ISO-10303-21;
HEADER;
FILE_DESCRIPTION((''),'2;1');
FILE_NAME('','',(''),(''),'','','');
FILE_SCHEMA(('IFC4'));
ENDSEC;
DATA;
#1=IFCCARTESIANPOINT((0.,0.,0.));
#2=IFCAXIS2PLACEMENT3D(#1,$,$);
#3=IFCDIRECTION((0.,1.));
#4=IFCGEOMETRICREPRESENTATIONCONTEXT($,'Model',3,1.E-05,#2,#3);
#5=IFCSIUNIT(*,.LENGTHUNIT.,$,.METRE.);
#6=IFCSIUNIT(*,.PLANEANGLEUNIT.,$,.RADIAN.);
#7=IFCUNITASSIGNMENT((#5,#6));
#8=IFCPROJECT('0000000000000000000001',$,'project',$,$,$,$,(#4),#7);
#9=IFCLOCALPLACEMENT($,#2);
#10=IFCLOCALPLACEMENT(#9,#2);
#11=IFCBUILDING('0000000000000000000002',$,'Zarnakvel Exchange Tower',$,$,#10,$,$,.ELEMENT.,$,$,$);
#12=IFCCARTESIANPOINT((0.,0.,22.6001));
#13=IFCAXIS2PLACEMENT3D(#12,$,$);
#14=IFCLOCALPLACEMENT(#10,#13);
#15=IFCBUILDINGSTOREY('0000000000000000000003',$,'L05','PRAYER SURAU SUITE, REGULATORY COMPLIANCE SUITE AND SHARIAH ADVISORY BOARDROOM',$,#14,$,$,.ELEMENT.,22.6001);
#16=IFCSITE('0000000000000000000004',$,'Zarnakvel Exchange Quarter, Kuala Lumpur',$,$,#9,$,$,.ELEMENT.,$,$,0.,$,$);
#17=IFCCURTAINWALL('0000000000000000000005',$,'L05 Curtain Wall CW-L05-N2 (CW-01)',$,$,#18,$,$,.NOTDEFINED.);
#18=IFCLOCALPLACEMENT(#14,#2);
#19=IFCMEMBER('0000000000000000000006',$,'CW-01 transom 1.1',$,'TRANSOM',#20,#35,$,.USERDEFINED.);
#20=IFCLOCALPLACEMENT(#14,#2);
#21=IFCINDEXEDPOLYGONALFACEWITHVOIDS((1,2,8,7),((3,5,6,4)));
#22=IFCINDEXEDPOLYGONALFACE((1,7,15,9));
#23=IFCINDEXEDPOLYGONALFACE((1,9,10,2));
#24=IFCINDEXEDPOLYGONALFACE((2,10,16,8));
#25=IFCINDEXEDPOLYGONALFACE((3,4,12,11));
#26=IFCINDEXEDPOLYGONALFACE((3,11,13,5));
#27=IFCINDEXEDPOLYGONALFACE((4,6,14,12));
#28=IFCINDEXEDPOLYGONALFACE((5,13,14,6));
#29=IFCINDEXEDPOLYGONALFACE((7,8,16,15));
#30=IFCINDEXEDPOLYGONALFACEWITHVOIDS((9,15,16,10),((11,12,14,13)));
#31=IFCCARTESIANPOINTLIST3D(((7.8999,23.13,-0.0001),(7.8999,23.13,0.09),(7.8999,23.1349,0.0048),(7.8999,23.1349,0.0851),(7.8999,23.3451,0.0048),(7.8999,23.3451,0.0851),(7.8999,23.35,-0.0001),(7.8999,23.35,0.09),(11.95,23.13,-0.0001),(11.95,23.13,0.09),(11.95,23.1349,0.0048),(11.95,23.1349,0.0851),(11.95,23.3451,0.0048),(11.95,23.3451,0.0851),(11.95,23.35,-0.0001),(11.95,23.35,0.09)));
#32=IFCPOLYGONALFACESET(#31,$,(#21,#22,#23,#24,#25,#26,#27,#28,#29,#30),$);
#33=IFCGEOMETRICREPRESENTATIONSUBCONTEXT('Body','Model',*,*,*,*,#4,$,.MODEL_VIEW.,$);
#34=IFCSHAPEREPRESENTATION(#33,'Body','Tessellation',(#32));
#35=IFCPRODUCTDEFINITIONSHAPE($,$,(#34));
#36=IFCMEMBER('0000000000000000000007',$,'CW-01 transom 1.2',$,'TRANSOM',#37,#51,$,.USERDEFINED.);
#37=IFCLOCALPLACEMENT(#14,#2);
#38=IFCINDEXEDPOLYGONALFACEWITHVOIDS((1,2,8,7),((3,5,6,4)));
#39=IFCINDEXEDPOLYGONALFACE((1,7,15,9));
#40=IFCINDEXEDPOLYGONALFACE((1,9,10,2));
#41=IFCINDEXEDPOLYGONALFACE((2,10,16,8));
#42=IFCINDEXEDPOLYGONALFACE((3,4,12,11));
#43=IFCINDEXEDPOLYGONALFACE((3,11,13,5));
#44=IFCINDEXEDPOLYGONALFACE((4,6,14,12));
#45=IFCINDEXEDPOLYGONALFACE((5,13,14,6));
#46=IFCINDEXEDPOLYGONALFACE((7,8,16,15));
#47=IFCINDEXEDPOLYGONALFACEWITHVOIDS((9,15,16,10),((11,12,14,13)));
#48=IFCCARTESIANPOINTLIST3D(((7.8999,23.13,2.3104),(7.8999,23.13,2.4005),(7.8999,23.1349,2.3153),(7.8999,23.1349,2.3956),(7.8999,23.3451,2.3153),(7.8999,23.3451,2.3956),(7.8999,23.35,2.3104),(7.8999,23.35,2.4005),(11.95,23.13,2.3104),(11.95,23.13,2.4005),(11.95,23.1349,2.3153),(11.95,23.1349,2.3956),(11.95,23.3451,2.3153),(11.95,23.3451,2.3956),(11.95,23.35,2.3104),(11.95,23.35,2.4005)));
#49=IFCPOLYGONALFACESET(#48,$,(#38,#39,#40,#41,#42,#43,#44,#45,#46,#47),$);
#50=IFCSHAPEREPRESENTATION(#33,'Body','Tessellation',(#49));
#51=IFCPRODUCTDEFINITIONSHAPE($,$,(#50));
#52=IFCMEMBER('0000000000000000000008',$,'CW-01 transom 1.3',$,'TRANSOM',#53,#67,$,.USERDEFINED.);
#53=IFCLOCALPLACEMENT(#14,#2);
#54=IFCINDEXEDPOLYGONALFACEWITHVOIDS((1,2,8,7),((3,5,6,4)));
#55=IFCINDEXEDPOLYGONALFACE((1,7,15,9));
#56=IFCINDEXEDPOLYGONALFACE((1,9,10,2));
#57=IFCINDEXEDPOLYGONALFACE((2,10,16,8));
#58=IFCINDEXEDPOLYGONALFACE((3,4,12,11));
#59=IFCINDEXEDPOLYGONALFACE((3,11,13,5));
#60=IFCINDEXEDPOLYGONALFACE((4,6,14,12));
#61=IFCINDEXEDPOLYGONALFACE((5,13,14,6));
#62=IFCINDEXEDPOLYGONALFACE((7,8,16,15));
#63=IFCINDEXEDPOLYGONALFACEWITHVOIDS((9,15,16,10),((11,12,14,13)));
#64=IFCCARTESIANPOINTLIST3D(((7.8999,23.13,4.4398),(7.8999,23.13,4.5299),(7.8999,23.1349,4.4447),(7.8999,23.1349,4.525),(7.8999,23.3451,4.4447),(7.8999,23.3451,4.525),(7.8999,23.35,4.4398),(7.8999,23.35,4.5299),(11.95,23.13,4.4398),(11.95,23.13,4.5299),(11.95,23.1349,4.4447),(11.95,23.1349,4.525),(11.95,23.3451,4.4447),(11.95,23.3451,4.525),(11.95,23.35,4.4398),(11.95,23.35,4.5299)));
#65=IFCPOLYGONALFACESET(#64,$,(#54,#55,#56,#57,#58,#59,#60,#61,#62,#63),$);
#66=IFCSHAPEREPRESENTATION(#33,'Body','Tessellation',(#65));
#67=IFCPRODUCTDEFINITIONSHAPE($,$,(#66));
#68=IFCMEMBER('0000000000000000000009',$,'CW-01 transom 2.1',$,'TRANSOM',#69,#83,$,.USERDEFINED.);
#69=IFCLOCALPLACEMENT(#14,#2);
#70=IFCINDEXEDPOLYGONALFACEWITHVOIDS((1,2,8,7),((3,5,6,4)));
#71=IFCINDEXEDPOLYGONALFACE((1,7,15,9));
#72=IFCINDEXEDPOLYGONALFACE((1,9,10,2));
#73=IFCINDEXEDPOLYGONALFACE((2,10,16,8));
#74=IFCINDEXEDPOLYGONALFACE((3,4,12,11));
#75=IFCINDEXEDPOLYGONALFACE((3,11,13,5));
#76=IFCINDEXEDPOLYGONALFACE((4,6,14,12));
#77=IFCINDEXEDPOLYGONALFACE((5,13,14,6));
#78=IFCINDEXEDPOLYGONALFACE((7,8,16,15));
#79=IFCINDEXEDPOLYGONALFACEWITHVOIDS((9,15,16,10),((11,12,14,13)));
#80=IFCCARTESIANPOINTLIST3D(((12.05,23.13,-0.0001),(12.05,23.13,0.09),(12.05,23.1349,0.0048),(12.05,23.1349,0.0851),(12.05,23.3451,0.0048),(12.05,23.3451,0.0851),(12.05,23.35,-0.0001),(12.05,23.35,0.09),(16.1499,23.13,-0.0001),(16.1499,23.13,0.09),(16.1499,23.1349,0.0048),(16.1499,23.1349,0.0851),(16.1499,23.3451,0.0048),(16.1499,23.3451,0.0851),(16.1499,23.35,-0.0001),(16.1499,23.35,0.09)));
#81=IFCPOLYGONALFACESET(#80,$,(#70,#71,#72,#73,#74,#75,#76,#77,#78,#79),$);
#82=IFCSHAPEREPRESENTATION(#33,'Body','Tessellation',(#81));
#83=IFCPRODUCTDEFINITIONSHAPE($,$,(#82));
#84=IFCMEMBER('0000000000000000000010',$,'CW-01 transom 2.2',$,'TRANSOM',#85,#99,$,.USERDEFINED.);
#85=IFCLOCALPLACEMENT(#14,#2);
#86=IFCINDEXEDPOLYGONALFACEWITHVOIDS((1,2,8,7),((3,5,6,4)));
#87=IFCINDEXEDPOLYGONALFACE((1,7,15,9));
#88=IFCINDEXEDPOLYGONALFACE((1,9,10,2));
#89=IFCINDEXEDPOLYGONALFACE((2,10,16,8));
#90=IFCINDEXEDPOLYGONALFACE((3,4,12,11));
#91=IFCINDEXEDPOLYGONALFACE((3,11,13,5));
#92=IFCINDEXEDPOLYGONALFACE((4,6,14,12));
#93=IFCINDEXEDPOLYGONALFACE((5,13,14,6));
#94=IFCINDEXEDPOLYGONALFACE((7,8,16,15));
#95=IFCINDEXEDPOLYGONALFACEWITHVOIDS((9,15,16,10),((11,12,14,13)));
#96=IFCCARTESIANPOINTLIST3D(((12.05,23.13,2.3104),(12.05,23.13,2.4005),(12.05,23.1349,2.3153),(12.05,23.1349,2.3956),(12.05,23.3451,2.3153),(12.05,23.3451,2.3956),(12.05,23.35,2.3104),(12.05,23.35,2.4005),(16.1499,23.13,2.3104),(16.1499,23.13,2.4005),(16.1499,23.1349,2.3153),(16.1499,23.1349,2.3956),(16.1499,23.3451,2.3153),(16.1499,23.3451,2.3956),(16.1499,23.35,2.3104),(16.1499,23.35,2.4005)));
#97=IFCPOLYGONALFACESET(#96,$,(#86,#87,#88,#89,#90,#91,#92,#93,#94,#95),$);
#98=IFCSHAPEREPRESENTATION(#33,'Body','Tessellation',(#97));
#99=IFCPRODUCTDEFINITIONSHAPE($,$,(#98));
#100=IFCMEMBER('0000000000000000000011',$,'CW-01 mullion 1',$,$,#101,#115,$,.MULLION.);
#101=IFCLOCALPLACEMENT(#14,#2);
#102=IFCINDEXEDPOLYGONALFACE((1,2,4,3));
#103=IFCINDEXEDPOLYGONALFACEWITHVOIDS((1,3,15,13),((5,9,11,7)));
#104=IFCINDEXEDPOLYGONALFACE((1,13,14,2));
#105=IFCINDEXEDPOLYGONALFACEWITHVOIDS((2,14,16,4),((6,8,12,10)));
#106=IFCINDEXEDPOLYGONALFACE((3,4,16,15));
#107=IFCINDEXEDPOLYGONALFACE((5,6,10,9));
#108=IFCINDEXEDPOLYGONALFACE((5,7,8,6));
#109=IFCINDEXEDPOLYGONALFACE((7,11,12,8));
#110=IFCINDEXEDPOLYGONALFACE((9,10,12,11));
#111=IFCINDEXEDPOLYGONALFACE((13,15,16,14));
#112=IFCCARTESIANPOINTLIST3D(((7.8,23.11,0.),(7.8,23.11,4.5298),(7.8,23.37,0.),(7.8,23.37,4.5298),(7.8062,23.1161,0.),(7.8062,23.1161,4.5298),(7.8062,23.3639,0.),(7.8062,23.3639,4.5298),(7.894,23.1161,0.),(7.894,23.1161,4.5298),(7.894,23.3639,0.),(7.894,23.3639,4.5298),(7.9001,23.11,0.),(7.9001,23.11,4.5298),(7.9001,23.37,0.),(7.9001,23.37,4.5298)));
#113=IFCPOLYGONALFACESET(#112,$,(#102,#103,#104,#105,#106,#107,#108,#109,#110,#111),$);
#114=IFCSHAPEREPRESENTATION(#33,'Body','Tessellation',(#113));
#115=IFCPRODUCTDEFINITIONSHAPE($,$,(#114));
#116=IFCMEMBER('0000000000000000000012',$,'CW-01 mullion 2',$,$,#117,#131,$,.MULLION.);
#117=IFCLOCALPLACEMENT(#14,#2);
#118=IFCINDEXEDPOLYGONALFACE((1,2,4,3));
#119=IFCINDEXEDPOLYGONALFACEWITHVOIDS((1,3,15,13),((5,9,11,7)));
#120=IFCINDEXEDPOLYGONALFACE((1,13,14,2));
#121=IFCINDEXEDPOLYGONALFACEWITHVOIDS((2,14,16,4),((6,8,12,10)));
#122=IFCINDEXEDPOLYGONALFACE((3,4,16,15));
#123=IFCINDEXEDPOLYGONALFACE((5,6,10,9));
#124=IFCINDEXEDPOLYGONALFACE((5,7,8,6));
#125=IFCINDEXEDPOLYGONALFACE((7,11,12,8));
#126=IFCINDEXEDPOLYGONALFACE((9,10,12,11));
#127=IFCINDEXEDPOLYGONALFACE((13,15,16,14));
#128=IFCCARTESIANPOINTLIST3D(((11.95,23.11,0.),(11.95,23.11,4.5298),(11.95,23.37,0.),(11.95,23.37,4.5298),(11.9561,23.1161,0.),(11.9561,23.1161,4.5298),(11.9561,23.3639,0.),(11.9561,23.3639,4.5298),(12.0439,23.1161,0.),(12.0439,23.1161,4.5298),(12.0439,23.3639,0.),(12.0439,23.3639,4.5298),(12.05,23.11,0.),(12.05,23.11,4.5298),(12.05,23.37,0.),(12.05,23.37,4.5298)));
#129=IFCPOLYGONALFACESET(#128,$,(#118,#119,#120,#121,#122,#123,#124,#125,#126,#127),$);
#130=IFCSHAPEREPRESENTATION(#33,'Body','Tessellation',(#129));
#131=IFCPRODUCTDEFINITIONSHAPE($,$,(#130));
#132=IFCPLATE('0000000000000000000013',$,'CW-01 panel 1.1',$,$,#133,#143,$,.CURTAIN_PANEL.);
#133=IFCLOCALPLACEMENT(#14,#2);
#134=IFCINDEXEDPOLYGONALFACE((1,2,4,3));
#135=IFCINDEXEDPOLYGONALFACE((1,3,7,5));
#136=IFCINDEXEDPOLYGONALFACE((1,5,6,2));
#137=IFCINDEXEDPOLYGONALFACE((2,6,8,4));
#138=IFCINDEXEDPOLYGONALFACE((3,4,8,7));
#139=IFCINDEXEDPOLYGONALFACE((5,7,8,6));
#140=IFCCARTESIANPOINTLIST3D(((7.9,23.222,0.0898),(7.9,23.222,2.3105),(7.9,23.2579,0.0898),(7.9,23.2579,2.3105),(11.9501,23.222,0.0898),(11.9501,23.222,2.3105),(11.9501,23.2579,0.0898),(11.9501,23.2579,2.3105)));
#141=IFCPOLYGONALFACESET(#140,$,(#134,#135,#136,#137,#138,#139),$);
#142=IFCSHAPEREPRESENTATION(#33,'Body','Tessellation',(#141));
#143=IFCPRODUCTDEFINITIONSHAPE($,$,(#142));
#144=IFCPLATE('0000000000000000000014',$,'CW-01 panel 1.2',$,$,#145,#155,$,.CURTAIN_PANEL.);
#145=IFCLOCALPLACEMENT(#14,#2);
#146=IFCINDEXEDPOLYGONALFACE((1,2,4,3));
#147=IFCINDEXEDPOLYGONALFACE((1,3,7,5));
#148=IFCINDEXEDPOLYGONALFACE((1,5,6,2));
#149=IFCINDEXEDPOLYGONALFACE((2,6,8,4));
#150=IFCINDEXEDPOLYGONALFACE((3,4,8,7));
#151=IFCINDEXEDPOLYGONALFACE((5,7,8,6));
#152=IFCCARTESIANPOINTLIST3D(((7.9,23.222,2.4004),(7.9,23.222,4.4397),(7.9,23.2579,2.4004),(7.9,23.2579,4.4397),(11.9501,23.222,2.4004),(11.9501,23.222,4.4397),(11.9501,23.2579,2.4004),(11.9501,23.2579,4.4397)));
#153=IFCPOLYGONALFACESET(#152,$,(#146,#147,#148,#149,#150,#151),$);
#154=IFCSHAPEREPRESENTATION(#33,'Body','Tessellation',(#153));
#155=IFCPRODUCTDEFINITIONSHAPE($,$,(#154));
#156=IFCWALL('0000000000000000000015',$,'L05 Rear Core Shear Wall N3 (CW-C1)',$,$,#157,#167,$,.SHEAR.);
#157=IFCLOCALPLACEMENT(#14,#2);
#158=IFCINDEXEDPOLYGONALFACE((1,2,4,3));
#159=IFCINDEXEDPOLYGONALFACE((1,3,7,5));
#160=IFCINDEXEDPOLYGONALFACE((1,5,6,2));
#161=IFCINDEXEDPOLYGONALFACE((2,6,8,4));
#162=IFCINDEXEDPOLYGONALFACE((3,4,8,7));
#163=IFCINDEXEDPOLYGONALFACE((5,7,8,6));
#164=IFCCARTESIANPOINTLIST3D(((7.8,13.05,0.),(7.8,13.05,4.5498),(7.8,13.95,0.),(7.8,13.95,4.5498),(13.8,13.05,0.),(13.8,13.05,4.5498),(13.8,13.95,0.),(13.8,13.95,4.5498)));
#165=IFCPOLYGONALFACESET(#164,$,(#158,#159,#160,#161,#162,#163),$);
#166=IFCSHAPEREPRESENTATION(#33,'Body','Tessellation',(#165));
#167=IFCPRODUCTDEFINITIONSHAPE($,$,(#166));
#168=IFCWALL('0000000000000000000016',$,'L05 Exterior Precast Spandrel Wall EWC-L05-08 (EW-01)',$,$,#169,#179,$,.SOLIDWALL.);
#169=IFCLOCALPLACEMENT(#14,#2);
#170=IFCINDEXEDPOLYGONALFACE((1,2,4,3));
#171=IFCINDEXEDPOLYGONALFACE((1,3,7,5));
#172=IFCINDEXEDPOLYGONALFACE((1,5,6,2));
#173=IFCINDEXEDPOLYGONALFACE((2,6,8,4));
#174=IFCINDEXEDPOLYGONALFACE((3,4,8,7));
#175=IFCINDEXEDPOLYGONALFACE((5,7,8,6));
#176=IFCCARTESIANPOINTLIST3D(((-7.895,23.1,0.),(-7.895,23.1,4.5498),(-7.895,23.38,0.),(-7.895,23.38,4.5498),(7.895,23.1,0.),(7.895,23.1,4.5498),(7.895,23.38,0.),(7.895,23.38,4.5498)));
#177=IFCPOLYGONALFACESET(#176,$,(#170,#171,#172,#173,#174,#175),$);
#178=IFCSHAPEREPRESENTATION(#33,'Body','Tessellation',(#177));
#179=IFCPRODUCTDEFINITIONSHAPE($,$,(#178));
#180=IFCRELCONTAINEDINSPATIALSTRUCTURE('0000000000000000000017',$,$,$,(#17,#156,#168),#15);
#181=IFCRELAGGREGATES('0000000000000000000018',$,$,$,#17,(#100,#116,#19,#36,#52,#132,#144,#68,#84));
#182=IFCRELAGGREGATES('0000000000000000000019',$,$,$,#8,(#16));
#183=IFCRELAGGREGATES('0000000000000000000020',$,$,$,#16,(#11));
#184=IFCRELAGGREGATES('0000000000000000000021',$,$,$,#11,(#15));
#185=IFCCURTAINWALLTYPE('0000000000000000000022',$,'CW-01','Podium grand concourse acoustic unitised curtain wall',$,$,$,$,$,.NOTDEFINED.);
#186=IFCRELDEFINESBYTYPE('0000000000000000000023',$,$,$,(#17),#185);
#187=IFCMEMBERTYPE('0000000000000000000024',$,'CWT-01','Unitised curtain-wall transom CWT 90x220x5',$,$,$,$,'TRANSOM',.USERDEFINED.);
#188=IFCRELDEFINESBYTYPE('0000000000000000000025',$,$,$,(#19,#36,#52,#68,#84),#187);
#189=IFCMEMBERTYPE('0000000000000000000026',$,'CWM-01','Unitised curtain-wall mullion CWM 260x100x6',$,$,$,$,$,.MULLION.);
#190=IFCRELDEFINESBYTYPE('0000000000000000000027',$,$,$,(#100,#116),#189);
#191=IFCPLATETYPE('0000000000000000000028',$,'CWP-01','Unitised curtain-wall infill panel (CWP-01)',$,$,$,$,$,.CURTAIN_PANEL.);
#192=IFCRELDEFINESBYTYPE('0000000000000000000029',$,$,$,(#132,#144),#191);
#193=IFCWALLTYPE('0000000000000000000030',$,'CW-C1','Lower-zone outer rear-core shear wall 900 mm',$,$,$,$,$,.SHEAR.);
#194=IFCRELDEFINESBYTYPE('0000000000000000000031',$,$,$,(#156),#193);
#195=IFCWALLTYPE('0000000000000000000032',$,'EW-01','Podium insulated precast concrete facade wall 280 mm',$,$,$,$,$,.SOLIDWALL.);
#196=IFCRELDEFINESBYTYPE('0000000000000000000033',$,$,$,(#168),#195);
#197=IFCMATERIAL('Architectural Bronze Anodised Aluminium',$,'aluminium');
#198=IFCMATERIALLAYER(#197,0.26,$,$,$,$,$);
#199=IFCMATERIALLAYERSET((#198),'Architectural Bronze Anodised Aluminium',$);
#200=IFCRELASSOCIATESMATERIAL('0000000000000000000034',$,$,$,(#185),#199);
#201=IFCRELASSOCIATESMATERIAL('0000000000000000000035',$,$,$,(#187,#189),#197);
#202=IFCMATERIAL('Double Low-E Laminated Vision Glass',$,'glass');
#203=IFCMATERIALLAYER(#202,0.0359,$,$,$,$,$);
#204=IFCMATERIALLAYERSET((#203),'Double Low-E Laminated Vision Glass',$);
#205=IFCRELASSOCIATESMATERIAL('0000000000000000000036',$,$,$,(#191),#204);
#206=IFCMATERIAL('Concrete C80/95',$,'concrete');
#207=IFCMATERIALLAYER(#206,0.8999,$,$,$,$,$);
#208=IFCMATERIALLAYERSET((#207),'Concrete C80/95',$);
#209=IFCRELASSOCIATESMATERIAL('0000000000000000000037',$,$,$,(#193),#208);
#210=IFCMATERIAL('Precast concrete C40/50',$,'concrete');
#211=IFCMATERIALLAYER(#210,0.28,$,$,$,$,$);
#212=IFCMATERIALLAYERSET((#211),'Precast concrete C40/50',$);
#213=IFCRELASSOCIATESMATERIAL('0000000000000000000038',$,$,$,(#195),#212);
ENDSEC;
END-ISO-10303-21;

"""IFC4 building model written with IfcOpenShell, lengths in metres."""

from ifc_helpers import new_model, si_unit, direction, frame, frame_2d, origin, origin_2d, place, context, subcontext, project, spatial, rectangle, hollow_rectangle, extrude, source, transform, mapped, material, layer, layer_set, material_profile, profile_set, type_object, element, aggregate, save


model = new_model("IFC4")

# Units and contexts
model_context = context("Model", 3, precision=1e-05, world=origin(), true_north=direction((0.0, 1.0)))
body_context = subcontext(model_context, "Body", "Model", "MODEL_VIEW")
ifc_project = project(units=[si_unit("LENGTHUNIT", "METRE"), si_unit("PLANEANGLEUNIT", "RADIAN")], contexts=[model_context])

# Site, building, storey
site_placement = place(None, origin())
site = spatial("IfcSite", under=ifc_project, at=site_placement, Name="Zarnakvel Exchange Quarter, Kuala Lumpur", CompositionType="ELEMENT", RefElevation=0.0)
building_placement = place(site_placement, origin())
building = spatial("IfcBuilding", under=site, at=building_placement, Name="Zarnakvel Exchange Tower", CompositionType="ELEMENT")
storey_placement = place(building_placement, frame((0.0, 0.0, 22.6001)))
storey = spatial("IfcBuildingStorey", under=building, at=storey_placement, Name="L05", Description="PRAYER SURAU SUITE, REGULATORY COMPLIANCE SUITE AND SHARIAH ADVISORY BOARDROOM", CompositionType="ELEMENT", Elevation=22.6001)

# Shared definitions
ifc_material_1 = material(Name="Concrete C80/95", Category="concrete")

# Curtain wall, members, plates
ifc_material_2 = material(Name="Architectural Bronze Anodised Aluminium", Category="aluminium")
ifc_layer_1 = layer(ifc_material_2, 0.26)
ifc_layer_set_1 = layer_set([ifc_layer_1], Name="Architectural Bronze Anodised Aluminium")
curtain_wall_type = type_object("IfcCurtainWallType", Name="CW-01", Description="Podium grand concourse acoustic unitised curtain wall", PredefinedType="NOTDEFINED", material=ifc_layer_set_1)
curtain_wall_placement = place(storey_placement, origin())
curtain_wall = element("IfcCurtainWall", 1, at=curtain_wall_placement, inside=storey, type_object=curtain_wall_type, Name="L05 Curtain Wall CW-L05-N2 (CW-01)", PredefinedType="NOTDEFINED")
ifc_material_profile_1 = material_profile(ifc_material_2, hollow_rectangle(XDim=0.22, YDim=0.0901, WallThickness=0.0049, at=origin_2d()))
ifc_profile_set_1 = profile_set([ifc_material_profile_1], Name="Architectural Bronze Anodised Aluminium")
member_type_1 = type_object("IfcMemberType", Name="CWT-01", Description="Unitised curtain-wall transom CWT 90x220x5", ElementType="TRANSOM", PredefinedType="USERDEFINED", material=ifc_profile_set_1)
shared_shape_1 = source(origin(), body_context, "Body", "SweptSolid", [
    extrude(hollow_rectangle(XDim=0.22, YDim=0.0901, WallThickness=0.0049, at=origin_2d()), origin(), (0.0, 0.0, 1.0), 4.05),
])
member_1_placement = place(storey_placement, frame((7.8999, 23.24, 0.0449), z_axis=(1.0, 0.0, 0.0), x_axis=(0.0, 1.0, 0.0)))
member_1 = element("IfcMember", 2, at=member_1_placement, type_object=member_type_1, Name="CW-01 transom 1.1", ObjectType="TRANSOM", PredefinedType="USERDEFINED", context=body_context, shape_type="MappedRepresentation", body=[
    mapped(shared_shape_1, transform((0.0, 0.0, 0.0), x_axis=(1.0, 0.0, 0.0), y_axis=(0.0, 1.0, 0.0), z_axis=(0.0, 0.0, 1.0), scale=1.0)),
])
member_2_placement = place(storey_placement, frame((7.8999, 23.24, 2.3555), z_axis=(1.0, 0.0, 0.0), x_axis=(0.0, 1.0, 0.0)))
member_2 = element("IfcMember", 3, at=member_2_placement, type_object=member_type_1, Name="CW-01 transom 1.2", ObjectType="TRANSOM", PredefinedType="USERDEFINED", context=body_context, shape_type="MappedRepresentation", body=[
    mapped(shared_shape_1, transform((0.0, 0.0, 0.0), x_axis=(1.0, 0.0, 0.0), y_axis=(0.0, 1.0, 0.0), z_axis=(0.0, 0.0, 1.0), scale=1.0)),
])
member_3_placement = place(storey_placement, frame((7.8999, 23.24, 4.4849), z_axis=(1.0, 0.0, 0.0), x_axis=(0.0, 1.0, 0.0)))
member_3 = element("IfcMember", 4, at=member_3_placement, type_object=member_type_1, Name="CW-01 transom 1.3", ObjectType="TRANSOM", PredefinedType="USERDEFINED", context=body_context, shape_type="MappedRepresentation", body=[
    mapped(shared_shape_1, transform((0.0, 0.0, 0.0), x_axis=(1.0, 0.0, 0.0), y_axis=(0.0, 1.0, 0.0), z_axis=(0.0, 0.0, 1.0), scale=1.0)),
])
shared_shape_2 = source(origin(), body_context, "Body", "SweptSolid", [
    extrude(hollow_rectangle(XDim=0.22, YDim=0.0901, WallThickness=0.0049, at=origin_2d()), origin(), (0.0, 0.0, 1.0), 4.0999),
])
member_4_placement = place(storey_placement, frame((12.05, 23.24, 0.0449), z_axis=(1.0, 0.0, 0.0), x_axis=(0.0, 1.0, 0.0)))
member_4 = element("IfcMember", 5, at=member_4_placement, type_object=member_type_1, Name="CW-01 transom 2.1", ObjectType="TRANSOM", PredefinedType="USERDEFINED", context=body_context, shape_type="MappedRepresentation", body=[
    mapped(shared_shape_2, transform((0.0, 0.0, 0.0), x_axis=(1.0, 0.0, 0.0), y_axis=(0.0, 1.0, 0.0), z_axis=(0.0, 0.0, 1.0), scale=1.0)),
])
member_5_placement = place(storey_placement, frame((12.05, 23.24, 2.3555), z_axis=(1.0, 0.0, 0.0), x_axis=(0.0, 1.0, 0.0)))
member_5 = element("IfcMember", 6, at=member_5_placement, type_object=member_type_1, Name="CW-01 transom 2.2", ObjectType="TRANSOM", PredefinedType="USERDEFINED", context=body_context, shape_type="MappedRepresentation", body=[
    mapped(shared_shape_2, transform((0.0, 0.0, 0.0), x_axis=(1.0, 0.0, 0.0), y_axis=(0.0, 1.0, 0.0), z_axis=(0.0, 0.0, 1.0), scale=1.0)),
])
ifc_material_profile_2 = material_profile(ifc_material_2, hollow_rectangle(XDim=0.26, YDim=0.1001, WallThickness=0.0061, at=origin_2d()))
ifc_profile_set_2 = profile_set([ifc_material_profile_2], Name="Architectural Bronze Anodised Aluminium")
member_type_2 = type_object("IfcMemberType", Name="CWM-01", Description="Unitised curtain-wall mullion CWM 260x100x6", PredefinedType="MULLION", material=ifc_profile_set_2)
shared_shape_3 = source(origin(), body_context, "Body", "SweptSolid", [
    extrude(hollow_rectangle(XDim=0.26, YDim=0.1001, WallThickness=0.0061, at=origin_2d()), origin(), (0.0, 0.0, 1.0), 4.5298),
])
member_6_placement = place(storey_placement, frame((7.8501, 23.24, 0.0), z_axis=(0.0, 0.0, 1.0), x_axis=(0.0, 1.0, 0.0)))
member_6 = element("IfcMember", 7, at=member_6_placement, type_object=member_type_2, Name="CW-01 mullion 1", PredefinedType="MULLION", context=body_context, shape_type="MappedRepresentation", body=[
    mapped(shared_shape_3, transform((0.0, 0.0, 0.0), x_axis=(1.0, 0.0, 0.0), y_axis=(0.0, 1.0, 0.0), z_axis=(0.0, 0.0, 1.0), scale=1.0)),
])
member_7_placement = place(storey_placement, frame((12.0, 23.24, 0.0), z_axis=(0.0, 0.0, 1.0), x_axis=(0.0, 1.0, 0.0)))
member_7 = element("IfcMember", 8, at=member_7_placement, type_object=member_type_2, Name="CW-01 mullion 2", PredefinedType="MULLION", context=body_context, shape_type="MappedRepresentation", body=[
    mapped(shared_shape_3, transform((0.0, 0.0, 0.0), x_axis=(1.0, 0.0, 0.0), y_axis=(0.0, 1.0, 0.0), z_axis=(0.0, 0.0, 1.0), scale=1.0)),
])
ifc_material_3 = material(Name="Double Low-E Laminated Vision Glass", Category="glass")
ifc_layer_2 = layer(ifc_material_3, 0.0359)
ifc_layer_set_2 = layer_set([ifc_layer_2], Name="Double Low-E Laminated Vision Glass")
plate_type = type_object("IfcPlateType", Name="CWP-01", Description="Unitised curtain-wall infill panel (CWP-01)", PredefinedType="CURTAIN_PANEL", material=ifc_layer_set_2)
shared_shape_4 = source(origin(), body_context, "Body", "SweptSolid", [
    extrude(rectangle(XDim=4.05, YDim=0.0359, at=origin_2d()), origin(), (0.0, 0.0, 1.0), 2.2207),
])
plate_1_placement = place(storey_placement, frame((9.925, 23.24, 0.0898), z_axis=(0.0, 0.0, 1.0), x_axis=(1.0, 0.0, 0.0)))
plate_1 = element("IfcPlate", 9, at=plate_1_placement, type_object=plate_type, Name="CW-01 panel 1.1", PredefinedType="CURTAIN_PANEL", context=body_context, shape_type="MappedRepresentation", body=[
    mapped(shared_shape_4, transform((0.0, 0.0, 0.0), x_axis=(1.0, 0.0, 0.0), y_axis=(0.0, 1.0, 0.0), z_axis=(0.0, 0.0, 1.0), scale=1.0)),
])
shared_shape_5 = source(origin(), body_context, "Body", "SweptSolid", [
    extrude(rectangle(XDim=4.05, YDim=0.0359, at=origin_2d()), origin(), (0.0, 0.0, 1.0), 2.0393),
])
plate_2_placement = place(storey_placement, frame((9.925, 23.24, 2.4004), z_axis=(0.0, 0.0, 1.0), x_axis=(1.0, 0.0, 0.0)))
plate_2 = element("IfcPlate", 10, at=plate_2_placement, type_object=plate_type, Name="CW-01 panel 1.2", PredefinedType="CURTAIN_PANEL", context=body_context, shape_type="MappedRepresentation", body=[
    mapped(shared_shape_5, transform((0.0, 0.0, 0.0), x_axis=(1.0, 0.0, 0.0), y_axis=(0.0, 1.0, 0.0), z_axis=(0.0, 0.0, 1.0), scale=1.0)),
])
aggregate(curtain_wall, [member_6, member_7, member_1, member_2, member_3, plate_1, plate_2, member_4, member_5])

# Walls
ifc_layer_3 = layer(ifc_material_1, 0.8999)
ifc_layer_set_3 = layer_set([ifc_layer_3], Name="Concrete C80/95")
wall_type_1 = type_object("IfcWallType", Name="CW-C1", Description="Lower-zone outer rear-core shear wall 900 mm", PredefinedType="SHEAR", material=ifc_layer_set_3)
wall_1_placement = place(storey_placement, frame((7.8, 13.5, 0.0), z_axis=(0.0, 0.0, 1.0), x_axis=(1.0, 0.0, 0.0)))
element("IfcWall", 11, at=wall_1_placement, inside=storey, type_object=wall_type_1, Name="L05 Rear Core Shear Wall N3 (CW-C1)", PredefinedType="SHEAR", context=body_context, shape_type="SweptSolid", body=[
    extrude(rectangle(XDim=6.0, YDim=0.8999, at=frame_2d((3.0, 0.0))), origin(), (0.0, 0.0, 1.0), 4.5498),
])
ifc_material_4 = material(Name="Precast concrete C40/50", Category="concrete")
ifc_layer_4 = layer(ifc_material_4, 0.28)
ifc_layer_set_4 = layer_set([ifc_layer_4], Name="Precast concrete C40/50")
wall_type_2 = type_object("IfcWallType", Name="EW-01", Description="Podium insulated precast concrete facade wall 280 mm", PredefinedType="SOLIDWALL", material=ifc_layer_set_4)
wall_2_placement = place(storey_placement, frame((7.895, 23.24, 0.0), z_axis=(0.0, 0.0, 1.0), x_axis=(-1.0, 0.0, 0.0)))
element("IfcWall", 12, at=wall_2_placement, inside=storey, type_object=wall_type_2, Name="L05 Exterior Precast Spandrel Wall EWC-L05-08 (EW-01)", PredefinedType="SOLIDWALL", context=body_context, shape_type="SweptSolid", body=[
    extrude(rectangle(XDim=15.79, YDim=0.28, at=frame_2d((7.895, 0.0))), origin(), (0.0, 0.0, 1.0), 4.5498),
])

save(model, "model.ifc")
